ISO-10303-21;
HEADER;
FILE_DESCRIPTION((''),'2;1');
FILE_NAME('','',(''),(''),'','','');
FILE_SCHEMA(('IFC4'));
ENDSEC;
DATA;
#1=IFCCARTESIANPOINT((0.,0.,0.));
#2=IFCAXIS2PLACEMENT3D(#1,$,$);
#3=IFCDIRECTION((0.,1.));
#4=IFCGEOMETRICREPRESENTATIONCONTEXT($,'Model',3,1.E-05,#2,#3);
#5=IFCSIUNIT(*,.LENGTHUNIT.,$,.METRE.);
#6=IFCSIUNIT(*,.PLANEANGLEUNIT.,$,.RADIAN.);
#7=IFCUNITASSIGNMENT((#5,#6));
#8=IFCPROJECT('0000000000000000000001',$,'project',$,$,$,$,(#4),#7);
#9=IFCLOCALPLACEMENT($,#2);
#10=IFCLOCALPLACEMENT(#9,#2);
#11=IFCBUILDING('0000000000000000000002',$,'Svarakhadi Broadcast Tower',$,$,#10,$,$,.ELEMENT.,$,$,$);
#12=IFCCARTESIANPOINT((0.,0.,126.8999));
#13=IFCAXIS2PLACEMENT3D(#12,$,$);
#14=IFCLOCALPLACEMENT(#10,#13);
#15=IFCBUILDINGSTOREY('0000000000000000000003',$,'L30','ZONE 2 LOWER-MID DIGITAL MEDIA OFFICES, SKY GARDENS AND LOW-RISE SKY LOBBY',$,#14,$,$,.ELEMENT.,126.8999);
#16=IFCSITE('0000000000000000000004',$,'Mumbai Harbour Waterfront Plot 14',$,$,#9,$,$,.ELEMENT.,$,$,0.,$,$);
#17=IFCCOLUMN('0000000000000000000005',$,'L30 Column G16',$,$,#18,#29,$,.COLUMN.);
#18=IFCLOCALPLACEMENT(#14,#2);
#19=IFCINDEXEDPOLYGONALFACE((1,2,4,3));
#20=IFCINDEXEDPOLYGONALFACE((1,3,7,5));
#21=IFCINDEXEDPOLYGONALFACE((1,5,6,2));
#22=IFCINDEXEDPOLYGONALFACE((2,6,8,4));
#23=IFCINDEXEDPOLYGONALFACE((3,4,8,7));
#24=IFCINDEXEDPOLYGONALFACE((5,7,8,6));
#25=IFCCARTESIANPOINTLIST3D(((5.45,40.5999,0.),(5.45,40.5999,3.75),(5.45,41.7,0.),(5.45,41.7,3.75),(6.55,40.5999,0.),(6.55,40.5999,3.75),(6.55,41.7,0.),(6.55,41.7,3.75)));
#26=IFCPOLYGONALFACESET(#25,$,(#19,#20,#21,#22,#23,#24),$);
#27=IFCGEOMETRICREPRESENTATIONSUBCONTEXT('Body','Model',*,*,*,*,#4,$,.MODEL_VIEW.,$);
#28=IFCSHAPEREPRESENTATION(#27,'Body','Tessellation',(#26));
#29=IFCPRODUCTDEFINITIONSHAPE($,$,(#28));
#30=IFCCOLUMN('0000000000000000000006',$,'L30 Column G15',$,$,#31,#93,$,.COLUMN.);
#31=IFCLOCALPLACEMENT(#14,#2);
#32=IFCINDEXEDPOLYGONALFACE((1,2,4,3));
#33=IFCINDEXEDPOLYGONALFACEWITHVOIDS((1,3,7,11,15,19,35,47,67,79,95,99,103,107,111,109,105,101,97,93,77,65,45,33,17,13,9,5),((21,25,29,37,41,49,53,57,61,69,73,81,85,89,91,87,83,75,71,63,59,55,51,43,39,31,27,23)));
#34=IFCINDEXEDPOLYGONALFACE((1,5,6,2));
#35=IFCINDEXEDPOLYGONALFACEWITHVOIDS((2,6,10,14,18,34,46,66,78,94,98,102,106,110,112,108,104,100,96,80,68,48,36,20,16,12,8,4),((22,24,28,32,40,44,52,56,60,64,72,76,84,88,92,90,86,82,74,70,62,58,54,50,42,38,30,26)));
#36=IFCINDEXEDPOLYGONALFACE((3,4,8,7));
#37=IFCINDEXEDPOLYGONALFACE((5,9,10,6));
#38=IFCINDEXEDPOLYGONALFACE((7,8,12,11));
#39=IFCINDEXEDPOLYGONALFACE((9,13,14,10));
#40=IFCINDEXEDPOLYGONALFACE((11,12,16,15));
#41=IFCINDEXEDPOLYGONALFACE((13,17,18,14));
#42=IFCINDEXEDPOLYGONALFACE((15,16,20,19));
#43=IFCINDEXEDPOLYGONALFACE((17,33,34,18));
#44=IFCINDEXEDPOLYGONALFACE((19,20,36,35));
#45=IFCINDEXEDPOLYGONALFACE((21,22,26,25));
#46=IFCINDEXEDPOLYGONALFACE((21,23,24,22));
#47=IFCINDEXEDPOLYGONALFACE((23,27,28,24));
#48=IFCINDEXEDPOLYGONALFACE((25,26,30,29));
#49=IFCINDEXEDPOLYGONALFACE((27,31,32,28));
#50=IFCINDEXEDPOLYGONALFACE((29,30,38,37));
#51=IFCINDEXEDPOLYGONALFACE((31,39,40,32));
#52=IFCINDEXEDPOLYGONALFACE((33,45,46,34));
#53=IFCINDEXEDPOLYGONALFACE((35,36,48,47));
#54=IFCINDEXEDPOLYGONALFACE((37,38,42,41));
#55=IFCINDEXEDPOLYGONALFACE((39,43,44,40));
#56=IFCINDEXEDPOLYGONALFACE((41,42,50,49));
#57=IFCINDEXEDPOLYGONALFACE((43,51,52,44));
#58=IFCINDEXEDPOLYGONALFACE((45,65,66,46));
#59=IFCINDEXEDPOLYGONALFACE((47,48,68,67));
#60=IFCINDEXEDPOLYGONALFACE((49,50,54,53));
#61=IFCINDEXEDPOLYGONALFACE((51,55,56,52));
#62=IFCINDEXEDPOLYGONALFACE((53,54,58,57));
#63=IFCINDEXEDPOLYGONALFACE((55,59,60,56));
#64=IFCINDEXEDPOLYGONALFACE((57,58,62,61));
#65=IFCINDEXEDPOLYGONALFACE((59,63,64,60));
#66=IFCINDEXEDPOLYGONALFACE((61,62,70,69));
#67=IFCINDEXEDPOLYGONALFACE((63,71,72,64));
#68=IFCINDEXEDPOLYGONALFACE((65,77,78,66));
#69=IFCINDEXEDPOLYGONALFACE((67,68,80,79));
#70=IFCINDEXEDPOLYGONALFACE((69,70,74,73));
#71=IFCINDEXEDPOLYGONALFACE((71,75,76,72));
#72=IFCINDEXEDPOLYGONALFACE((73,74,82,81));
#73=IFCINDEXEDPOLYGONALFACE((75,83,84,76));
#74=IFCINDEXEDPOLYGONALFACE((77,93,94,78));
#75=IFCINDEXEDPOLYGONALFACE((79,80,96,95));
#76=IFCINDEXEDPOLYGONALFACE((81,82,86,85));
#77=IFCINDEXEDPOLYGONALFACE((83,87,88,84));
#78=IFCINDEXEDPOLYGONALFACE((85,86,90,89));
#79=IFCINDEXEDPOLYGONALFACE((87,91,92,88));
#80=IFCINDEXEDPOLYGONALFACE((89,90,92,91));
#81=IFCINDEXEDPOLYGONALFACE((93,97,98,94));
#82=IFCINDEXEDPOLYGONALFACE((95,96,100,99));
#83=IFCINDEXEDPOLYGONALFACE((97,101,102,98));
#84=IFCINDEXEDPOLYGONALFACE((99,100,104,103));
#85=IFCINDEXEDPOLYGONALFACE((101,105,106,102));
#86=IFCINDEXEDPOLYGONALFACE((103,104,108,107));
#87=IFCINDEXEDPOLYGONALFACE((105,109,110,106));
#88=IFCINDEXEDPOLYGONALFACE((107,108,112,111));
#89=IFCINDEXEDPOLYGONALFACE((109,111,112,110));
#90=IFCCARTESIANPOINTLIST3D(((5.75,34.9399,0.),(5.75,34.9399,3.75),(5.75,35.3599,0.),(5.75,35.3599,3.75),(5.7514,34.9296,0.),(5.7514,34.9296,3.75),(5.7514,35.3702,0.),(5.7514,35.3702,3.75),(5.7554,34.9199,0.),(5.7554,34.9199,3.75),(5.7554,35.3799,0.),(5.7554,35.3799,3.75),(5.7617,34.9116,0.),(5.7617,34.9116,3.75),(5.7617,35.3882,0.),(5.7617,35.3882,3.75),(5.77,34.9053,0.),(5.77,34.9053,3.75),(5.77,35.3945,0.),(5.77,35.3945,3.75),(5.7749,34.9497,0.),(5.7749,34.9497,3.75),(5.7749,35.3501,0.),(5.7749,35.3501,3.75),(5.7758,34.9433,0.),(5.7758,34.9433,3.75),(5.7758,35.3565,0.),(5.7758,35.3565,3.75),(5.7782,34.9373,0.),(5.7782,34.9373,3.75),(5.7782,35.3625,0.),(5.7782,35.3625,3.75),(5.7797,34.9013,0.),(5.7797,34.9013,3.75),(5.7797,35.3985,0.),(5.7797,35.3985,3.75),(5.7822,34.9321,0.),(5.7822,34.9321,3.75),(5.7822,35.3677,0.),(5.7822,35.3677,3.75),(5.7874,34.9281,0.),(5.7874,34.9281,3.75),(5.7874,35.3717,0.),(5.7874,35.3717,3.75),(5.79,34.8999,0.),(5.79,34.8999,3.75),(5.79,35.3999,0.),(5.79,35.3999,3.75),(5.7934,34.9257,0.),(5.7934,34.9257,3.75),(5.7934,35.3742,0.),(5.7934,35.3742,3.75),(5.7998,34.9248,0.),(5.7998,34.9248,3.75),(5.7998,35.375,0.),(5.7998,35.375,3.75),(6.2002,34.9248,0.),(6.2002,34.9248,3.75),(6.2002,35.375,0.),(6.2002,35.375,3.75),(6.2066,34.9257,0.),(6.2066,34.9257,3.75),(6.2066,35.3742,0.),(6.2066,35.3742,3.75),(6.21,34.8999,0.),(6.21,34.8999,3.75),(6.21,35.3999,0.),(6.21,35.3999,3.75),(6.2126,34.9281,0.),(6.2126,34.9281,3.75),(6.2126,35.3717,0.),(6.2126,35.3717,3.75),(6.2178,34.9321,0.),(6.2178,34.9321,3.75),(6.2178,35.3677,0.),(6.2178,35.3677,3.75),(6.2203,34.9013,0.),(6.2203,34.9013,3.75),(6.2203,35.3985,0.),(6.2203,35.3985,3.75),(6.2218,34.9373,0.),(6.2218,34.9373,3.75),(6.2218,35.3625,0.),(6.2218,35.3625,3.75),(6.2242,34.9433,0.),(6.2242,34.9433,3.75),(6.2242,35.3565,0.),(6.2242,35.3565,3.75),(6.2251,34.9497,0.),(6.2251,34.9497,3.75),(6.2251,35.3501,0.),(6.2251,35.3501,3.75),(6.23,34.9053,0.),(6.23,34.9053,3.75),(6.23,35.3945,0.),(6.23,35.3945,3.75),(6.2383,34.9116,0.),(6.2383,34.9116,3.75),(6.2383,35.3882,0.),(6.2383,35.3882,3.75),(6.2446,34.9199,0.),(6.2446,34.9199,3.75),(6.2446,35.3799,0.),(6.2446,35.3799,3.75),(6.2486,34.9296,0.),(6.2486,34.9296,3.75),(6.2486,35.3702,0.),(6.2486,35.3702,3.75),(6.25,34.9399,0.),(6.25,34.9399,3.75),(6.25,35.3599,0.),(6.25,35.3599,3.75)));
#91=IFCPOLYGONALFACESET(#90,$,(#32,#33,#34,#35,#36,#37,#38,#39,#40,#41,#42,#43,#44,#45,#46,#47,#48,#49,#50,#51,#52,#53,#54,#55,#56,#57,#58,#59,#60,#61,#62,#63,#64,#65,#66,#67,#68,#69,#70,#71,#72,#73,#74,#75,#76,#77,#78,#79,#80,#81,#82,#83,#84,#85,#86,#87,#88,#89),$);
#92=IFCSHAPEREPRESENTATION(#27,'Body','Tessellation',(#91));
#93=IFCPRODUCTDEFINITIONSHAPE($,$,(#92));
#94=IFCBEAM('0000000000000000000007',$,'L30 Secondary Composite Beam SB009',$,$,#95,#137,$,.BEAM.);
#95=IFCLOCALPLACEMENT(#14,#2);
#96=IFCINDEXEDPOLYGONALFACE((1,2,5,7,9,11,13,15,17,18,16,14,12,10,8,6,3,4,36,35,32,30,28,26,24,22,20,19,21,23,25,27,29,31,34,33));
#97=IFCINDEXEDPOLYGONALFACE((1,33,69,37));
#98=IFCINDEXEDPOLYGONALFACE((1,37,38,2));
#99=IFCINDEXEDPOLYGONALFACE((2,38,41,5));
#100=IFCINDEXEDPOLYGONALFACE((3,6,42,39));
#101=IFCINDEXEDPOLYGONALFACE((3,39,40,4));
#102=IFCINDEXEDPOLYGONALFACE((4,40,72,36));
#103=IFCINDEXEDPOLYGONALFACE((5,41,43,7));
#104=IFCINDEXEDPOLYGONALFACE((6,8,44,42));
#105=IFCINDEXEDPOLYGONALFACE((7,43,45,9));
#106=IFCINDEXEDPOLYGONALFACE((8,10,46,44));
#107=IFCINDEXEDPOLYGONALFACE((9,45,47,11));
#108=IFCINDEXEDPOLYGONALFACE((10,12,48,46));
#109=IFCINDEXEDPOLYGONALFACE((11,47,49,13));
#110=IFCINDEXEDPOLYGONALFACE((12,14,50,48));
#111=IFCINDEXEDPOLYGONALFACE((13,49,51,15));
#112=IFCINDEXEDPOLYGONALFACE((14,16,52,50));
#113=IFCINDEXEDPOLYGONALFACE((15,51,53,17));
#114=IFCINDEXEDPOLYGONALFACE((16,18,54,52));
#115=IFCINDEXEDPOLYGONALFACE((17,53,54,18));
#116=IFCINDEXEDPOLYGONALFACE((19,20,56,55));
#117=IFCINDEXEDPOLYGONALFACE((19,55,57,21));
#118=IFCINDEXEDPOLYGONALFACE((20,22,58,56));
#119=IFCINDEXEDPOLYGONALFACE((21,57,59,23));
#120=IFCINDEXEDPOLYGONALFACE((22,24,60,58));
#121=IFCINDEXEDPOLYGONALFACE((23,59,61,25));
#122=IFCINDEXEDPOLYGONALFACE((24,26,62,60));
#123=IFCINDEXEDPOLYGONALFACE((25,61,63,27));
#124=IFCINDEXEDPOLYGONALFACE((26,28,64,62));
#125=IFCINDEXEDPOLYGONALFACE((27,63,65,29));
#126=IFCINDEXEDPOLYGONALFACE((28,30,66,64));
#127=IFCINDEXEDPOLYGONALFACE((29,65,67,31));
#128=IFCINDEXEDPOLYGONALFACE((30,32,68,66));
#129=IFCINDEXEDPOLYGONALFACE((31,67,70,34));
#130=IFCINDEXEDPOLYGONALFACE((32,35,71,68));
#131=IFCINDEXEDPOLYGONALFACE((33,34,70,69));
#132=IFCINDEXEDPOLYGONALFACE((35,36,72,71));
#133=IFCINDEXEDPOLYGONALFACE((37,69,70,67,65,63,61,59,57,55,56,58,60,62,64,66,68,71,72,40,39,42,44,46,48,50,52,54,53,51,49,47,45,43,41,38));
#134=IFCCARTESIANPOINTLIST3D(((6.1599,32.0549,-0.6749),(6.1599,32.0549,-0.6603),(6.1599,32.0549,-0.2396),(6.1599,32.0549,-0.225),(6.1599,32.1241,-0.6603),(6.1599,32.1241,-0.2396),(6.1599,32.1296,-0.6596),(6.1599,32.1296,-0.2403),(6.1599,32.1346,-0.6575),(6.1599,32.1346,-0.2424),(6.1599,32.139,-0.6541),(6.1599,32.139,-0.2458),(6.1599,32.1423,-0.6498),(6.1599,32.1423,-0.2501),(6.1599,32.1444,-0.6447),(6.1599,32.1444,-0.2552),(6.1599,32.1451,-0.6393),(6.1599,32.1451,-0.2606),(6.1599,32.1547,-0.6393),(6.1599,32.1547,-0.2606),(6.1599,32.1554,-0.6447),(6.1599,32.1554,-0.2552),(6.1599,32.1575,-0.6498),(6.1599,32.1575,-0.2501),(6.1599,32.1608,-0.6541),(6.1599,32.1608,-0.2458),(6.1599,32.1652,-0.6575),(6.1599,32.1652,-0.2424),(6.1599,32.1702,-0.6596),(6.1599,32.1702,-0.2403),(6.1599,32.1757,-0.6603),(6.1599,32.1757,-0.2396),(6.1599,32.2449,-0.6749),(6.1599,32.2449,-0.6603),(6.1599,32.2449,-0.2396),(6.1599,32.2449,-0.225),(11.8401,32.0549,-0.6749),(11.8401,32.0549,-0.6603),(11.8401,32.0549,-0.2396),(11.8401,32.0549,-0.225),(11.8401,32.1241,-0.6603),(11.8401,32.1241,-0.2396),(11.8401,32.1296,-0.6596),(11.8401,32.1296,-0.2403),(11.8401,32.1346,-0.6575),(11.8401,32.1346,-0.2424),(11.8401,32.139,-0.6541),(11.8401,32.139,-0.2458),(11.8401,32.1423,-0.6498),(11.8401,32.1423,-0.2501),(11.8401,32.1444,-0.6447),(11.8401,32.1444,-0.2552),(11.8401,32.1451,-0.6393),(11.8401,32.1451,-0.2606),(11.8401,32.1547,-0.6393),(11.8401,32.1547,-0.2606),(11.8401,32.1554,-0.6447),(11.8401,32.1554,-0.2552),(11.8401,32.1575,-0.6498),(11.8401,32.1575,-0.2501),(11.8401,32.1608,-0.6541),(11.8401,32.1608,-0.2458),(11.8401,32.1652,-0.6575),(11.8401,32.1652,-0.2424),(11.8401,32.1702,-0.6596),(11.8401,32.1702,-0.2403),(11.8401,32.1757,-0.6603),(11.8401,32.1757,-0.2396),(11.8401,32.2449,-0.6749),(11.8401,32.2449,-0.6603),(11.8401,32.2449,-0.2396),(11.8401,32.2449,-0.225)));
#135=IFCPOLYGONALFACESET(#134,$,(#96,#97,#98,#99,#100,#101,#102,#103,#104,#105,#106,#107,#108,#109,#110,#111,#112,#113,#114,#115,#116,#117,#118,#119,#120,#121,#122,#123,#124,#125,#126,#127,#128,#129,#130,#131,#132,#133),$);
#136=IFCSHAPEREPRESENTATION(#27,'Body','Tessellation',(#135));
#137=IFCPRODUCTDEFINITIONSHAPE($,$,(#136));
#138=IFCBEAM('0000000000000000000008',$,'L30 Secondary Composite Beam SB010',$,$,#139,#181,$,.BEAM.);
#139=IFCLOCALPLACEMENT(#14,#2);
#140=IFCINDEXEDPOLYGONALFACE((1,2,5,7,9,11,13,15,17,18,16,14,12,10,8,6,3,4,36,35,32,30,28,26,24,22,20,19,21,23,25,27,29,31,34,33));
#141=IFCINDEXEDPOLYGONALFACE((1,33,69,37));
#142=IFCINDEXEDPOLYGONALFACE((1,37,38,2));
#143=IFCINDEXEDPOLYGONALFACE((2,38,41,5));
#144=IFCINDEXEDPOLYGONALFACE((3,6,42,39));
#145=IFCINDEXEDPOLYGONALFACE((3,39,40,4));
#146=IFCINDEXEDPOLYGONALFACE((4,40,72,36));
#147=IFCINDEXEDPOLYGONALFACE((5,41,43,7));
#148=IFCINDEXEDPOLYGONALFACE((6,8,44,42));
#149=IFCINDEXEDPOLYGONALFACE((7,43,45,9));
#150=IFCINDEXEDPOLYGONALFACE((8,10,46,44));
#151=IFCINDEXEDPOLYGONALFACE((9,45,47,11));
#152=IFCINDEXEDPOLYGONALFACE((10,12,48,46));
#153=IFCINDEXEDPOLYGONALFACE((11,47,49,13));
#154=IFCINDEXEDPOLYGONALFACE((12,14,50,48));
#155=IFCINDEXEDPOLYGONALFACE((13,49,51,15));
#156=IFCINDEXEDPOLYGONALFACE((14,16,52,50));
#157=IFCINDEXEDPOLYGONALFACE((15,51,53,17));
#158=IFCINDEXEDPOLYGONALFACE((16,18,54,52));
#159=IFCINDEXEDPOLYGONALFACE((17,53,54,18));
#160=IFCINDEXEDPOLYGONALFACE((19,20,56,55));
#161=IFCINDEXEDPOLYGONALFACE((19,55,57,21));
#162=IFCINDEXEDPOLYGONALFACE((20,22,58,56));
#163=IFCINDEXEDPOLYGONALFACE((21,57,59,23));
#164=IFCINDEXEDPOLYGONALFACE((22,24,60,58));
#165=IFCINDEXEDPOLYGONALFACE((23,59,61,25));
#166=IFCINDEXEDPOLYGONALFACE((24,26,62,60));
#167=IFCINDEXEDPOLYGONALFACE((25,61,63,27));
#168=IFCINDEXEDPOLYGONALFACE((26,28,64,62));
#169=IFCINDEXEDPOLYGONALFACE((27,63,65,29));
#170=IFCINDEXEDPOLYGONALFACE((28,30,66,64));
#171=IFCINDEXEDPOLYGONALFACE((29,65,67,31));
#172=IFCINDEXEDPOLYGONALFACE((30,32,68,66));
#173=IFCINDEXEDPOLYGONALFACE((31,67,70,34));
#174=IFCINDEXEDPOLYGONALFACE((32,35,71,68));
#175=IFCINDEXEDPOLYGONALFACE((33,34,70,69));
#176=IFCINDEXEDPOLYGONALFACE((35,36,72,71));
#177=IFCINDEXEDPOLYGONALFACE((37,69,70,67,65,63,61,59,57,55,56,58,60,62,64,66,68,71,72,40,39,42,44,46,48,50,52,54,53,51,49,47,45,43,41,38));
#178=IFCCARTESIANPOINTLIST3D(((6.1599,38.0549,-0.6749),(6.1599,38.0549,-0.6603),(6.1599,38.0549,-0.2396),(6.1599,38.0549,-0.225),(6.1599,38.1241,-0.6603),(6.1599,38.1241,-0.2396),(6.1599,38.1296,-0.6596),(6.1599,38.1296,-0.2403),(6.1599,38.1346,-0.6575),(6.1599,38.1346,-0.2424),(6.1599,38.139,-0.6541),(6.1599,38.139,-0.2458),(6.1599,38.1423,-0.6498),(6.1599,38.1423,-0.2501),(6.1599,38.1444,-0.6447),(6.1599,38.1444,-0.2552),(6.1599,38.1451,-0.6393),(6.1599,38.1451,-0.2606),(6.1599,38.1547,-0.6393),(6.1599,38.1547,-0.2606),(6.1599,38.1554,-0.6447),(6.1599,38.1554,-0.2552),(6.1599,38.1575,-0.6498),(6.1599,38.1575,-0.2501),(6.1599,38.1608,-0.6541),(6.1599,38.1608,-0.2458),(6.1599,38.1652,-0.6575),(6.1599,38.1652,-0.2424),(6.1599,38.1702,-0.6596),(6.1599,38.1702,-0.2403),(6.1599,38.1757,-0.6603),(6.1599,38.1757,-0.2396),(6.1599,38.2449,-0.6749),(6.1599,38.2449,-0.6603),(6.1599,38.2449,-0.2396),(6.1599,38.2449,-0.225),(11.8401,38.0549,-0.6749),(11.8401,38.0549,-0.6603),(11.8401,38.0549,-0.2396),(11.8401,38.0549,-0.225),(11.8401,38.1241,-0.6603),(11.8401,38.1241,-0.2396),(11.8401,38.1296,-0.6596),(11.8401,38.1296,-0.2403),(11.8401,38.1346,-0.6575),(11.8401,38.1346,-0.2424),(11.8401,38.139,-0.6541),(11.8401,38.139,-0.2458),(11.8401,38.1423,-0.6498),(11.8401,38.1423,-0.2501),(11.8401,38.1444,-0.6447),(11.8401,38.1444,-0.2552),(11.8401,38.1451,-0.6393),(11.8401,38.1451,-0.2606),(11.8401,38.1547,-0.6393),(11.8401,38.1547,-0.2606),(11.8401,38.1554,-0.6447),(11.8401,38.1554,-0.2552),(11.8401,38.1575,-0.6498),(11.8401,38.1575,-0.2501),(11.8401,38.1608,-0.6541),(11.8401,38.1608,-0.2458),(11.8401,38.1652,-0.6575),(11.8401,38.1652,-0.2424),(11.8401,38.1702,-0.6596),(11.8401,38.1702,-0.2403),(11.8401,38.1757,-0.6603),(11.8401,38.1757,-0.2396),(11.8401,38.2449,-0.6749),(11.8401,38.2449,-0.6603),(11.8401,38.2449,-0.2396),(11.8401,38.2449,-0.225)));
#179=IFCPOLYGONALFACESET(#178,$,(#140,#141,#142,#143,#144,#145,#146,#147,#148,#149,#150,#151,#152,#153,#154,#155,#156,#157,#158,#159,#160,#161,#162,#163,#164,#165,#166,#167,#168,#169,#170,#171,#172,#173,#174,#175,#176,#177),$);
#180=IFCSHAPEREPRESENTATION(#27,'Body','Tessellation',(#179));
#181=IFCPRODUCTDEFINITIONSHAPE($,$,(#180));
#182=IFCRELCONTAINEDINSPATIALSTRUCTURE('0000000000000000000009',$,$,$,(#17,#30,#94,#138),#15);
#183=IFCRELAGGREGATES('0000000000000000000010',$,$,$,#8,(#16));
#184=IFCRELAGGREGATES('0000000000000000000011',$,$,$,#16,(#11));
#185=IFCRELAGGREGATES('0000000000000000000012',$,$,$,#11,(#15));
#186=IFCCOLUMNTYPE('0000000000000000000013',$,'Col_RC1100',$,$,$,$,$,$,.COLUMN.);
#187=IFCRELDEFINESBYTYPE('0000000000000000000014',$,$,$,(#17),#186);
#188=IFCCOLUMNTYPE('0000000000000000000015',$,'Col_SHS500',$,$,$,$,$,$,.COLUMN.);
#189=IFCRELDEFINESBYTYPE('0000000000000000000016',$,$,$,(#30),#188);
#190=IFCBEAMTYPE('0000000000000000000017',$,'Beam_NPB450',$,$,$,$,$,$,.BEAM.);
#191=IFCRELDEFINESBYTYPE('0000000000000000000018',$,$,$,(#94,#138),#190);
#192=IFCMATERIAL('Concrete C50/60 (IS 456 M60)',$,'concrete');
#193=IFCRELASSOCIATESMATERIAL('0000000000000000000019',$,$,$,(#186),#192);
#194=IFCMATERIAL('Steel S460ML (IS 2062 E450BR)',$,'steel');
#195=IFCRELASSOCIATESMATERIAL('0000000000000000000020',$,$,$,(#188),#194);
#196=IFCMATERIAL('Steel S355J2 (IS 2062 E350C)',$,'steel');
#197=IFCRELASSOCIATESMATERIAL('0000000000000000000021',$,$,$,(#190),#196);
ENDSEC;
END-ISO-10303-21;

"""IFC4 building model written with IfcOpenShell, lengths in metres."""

from ifc_helpers import new_model, si_unit, direction, frame, origin, origin_2d, place, context, subcontext, project, spatial, rectangle, hollow_rectangle, i_section, extrude, material, material_profile, profile_set, type_object, element, save


model = new_model("IFC4")

# Units and contexts
model_context = context("Model", 3, precision=1e-05, world=origin(), true_north=direction((0.0, 1.0)))
body_context = subcontext(model_context, "Body", "Model", "MODEL_VIEW")
ifc_project = project(units=[si_unit("LENGTHUNIT", "METRE"), si_unit("PLANEANGLEUNIT", "RADIAN")], contexts=[model_context])

# Site, building, storey
site_placement = place(None, origin())
site = spatial("IfcSite", under=ifc_project, at=site_placement, Name="Mumbai Harbour Waterfront Plot 14", CompositionType="ELEMENT", RefElevation=0.0)
building_placement = place(site_placement, origin())
building = spatial("IfcBuilding", under=site, at=building_placement, Name="Svarakhadi Broadcast Tower", CompositionType="ELEMENT")
storey_placement = place(building_placement, frame((0.0, 0.0, 126.8999)))
storey = spatial("IfcBuildingStorey", under=building, at=storey_placement, Name="L30", Description="ZONE 2 LOWER-MID DIGITAL MEDIA OFFICES, SKY GARDENS AND LOW-RISE SKY LOBBY", CompositionType="ELEMENT", Elevation=126.8999)

# Columns
ifc_material_1 = material(Name="Concrete C50/60 (IS 456 M60)", Category="concrete")
ifc_material_profile_1 = material_profile(ifc_material_1, rectangle(XDim=1.1001, YDim=1.1001, at=origin_2d()), Name="RC 1100x1100")
ifc_profile_set_1 = profile_set([ifc_material_profile_1], Name="Concrete C50/60 (IS 456 M60)")
column_type_1 = type_object("IfcColumnType", Name="Col_RC1100", PredefinedType="COLUMN", material=ifc_profile_set_1)
column_1_placement = place(storey_placement, frame((6.0, 41.1499, 0.0), z_axis=(0.0, 0.0, 1.0), x_axis=(1.0, 0.0, 0.0)))
element("IfcColumn", 1, at=column_1_placement, inside=storey, type_object=column_type_1, Name="L30 Column G16", PredefinedType="COLUMN", context=body_context, shape_type="SweptSolid", body=[
    extrude(rectangle(XDim=1.1001, YDim=1.1001, at=origin_2d()), origin(), (0.0, 0.0, 1.0), 3.75),
])
ifc_material_2 = material(Name="Steel S460ML (IS 2062 E450BR)", Category="steel")
ifc_material_profile_2 = material_profile(ifc_material_2, hollow_rectangle(XDim=0.5, YDim=0.5, WallThickness=0.0249, InnerFilletRadius=0.0249, OuterFilletRadius=0.04, at=origin_2d()), Name="SHS 500x500x25")
ifc_profile_set_2 = profile_set([ifc_material_profile_2], Name="Steel S460ML (IS 2062 E450BR)")
column_type_2 = type_object("IfcColumnType", Name="Col_SHS500", PredefinedType="COLUMN", material=ifc_profile_set_2)
column_2_placement = place(storey_placement, frame((6.0, 35.1499, 0.0), z_axis=(0.0, 0.0, 1.0), x_axis=(1.0, 0.0, 0.0)))
element("IfcColumn", 2, at=column_2_placement, inside=storey, type_object=column_type_2, Name="L30 Column G15", PredefinedType="COLUMN", context=body_context, shape_type="SweptSolid", body=[
    extrude(hollow_rectangle(XDim=0.5, YDim=0.5, WallThickness=0.0249, InnerFilletRadius=0.0249, OuterFilletRadius=0.04, at=origin_2d()), origin(), (0.0, 0.0, 1.0), 3.75),
])

# Beams
ifc_material_3 = material(Name="Steel S355J2 (IS 2062 E350C)", Category="steel")
ifc_material_profile_3 = material_profile(ifc_material_3, i_section(OverallWidth=0.1899, OverallDepth=0.45, WebThickness=0.0095, FlangeThickness=0.0146, FilletRadius=0.021, at=origin_2d()), Name="NPB 450x190x78")
ifc_profile_set_3 = profile_set([ifc_material_profile_3], Name="Steel S355J2 (IS 2062 E350C)")
beam_type_1 = type_object("IfcBeamType", Name="Beam_NPB450", PredefinedType="BEAM", material=ifc_profile_set_3)
for number, where, z_axis, x_axis, name in (
    (3, (6.1599, 32.1499, -0.45), (1.0, 0.0, 0.0), (0.0, 1.0, 0.0), "L30 Secondary Composite Beam SB009"),
    (4, (6.1599, 38.1499, -0.45), (1.0, 0.0, 0.0), (0.0, 1.0, 0.0), "L30 Secondary Composite Beam SB010"),
):
    element("IfcBeam", number, at=place(storey_placement, frame(where, z_axis=z_axis, x_axis=x_axis)), inside=storey, type_object=beam_type_1, Name=name, PredefinedType="BEAM", context=body_context, shape_type="SweptSolid", body=[
        extrude(i_section(OverallWidth=0.1899, OverallDepth=0.45, WebThickness=0.0095, FlangeThickness=0.0146, FilletRadius=0.021, at=origin_2d()), origin(), (0.0, 0.0, 1.0), 5.6802),
    ])

save(model, "model.ifc")
